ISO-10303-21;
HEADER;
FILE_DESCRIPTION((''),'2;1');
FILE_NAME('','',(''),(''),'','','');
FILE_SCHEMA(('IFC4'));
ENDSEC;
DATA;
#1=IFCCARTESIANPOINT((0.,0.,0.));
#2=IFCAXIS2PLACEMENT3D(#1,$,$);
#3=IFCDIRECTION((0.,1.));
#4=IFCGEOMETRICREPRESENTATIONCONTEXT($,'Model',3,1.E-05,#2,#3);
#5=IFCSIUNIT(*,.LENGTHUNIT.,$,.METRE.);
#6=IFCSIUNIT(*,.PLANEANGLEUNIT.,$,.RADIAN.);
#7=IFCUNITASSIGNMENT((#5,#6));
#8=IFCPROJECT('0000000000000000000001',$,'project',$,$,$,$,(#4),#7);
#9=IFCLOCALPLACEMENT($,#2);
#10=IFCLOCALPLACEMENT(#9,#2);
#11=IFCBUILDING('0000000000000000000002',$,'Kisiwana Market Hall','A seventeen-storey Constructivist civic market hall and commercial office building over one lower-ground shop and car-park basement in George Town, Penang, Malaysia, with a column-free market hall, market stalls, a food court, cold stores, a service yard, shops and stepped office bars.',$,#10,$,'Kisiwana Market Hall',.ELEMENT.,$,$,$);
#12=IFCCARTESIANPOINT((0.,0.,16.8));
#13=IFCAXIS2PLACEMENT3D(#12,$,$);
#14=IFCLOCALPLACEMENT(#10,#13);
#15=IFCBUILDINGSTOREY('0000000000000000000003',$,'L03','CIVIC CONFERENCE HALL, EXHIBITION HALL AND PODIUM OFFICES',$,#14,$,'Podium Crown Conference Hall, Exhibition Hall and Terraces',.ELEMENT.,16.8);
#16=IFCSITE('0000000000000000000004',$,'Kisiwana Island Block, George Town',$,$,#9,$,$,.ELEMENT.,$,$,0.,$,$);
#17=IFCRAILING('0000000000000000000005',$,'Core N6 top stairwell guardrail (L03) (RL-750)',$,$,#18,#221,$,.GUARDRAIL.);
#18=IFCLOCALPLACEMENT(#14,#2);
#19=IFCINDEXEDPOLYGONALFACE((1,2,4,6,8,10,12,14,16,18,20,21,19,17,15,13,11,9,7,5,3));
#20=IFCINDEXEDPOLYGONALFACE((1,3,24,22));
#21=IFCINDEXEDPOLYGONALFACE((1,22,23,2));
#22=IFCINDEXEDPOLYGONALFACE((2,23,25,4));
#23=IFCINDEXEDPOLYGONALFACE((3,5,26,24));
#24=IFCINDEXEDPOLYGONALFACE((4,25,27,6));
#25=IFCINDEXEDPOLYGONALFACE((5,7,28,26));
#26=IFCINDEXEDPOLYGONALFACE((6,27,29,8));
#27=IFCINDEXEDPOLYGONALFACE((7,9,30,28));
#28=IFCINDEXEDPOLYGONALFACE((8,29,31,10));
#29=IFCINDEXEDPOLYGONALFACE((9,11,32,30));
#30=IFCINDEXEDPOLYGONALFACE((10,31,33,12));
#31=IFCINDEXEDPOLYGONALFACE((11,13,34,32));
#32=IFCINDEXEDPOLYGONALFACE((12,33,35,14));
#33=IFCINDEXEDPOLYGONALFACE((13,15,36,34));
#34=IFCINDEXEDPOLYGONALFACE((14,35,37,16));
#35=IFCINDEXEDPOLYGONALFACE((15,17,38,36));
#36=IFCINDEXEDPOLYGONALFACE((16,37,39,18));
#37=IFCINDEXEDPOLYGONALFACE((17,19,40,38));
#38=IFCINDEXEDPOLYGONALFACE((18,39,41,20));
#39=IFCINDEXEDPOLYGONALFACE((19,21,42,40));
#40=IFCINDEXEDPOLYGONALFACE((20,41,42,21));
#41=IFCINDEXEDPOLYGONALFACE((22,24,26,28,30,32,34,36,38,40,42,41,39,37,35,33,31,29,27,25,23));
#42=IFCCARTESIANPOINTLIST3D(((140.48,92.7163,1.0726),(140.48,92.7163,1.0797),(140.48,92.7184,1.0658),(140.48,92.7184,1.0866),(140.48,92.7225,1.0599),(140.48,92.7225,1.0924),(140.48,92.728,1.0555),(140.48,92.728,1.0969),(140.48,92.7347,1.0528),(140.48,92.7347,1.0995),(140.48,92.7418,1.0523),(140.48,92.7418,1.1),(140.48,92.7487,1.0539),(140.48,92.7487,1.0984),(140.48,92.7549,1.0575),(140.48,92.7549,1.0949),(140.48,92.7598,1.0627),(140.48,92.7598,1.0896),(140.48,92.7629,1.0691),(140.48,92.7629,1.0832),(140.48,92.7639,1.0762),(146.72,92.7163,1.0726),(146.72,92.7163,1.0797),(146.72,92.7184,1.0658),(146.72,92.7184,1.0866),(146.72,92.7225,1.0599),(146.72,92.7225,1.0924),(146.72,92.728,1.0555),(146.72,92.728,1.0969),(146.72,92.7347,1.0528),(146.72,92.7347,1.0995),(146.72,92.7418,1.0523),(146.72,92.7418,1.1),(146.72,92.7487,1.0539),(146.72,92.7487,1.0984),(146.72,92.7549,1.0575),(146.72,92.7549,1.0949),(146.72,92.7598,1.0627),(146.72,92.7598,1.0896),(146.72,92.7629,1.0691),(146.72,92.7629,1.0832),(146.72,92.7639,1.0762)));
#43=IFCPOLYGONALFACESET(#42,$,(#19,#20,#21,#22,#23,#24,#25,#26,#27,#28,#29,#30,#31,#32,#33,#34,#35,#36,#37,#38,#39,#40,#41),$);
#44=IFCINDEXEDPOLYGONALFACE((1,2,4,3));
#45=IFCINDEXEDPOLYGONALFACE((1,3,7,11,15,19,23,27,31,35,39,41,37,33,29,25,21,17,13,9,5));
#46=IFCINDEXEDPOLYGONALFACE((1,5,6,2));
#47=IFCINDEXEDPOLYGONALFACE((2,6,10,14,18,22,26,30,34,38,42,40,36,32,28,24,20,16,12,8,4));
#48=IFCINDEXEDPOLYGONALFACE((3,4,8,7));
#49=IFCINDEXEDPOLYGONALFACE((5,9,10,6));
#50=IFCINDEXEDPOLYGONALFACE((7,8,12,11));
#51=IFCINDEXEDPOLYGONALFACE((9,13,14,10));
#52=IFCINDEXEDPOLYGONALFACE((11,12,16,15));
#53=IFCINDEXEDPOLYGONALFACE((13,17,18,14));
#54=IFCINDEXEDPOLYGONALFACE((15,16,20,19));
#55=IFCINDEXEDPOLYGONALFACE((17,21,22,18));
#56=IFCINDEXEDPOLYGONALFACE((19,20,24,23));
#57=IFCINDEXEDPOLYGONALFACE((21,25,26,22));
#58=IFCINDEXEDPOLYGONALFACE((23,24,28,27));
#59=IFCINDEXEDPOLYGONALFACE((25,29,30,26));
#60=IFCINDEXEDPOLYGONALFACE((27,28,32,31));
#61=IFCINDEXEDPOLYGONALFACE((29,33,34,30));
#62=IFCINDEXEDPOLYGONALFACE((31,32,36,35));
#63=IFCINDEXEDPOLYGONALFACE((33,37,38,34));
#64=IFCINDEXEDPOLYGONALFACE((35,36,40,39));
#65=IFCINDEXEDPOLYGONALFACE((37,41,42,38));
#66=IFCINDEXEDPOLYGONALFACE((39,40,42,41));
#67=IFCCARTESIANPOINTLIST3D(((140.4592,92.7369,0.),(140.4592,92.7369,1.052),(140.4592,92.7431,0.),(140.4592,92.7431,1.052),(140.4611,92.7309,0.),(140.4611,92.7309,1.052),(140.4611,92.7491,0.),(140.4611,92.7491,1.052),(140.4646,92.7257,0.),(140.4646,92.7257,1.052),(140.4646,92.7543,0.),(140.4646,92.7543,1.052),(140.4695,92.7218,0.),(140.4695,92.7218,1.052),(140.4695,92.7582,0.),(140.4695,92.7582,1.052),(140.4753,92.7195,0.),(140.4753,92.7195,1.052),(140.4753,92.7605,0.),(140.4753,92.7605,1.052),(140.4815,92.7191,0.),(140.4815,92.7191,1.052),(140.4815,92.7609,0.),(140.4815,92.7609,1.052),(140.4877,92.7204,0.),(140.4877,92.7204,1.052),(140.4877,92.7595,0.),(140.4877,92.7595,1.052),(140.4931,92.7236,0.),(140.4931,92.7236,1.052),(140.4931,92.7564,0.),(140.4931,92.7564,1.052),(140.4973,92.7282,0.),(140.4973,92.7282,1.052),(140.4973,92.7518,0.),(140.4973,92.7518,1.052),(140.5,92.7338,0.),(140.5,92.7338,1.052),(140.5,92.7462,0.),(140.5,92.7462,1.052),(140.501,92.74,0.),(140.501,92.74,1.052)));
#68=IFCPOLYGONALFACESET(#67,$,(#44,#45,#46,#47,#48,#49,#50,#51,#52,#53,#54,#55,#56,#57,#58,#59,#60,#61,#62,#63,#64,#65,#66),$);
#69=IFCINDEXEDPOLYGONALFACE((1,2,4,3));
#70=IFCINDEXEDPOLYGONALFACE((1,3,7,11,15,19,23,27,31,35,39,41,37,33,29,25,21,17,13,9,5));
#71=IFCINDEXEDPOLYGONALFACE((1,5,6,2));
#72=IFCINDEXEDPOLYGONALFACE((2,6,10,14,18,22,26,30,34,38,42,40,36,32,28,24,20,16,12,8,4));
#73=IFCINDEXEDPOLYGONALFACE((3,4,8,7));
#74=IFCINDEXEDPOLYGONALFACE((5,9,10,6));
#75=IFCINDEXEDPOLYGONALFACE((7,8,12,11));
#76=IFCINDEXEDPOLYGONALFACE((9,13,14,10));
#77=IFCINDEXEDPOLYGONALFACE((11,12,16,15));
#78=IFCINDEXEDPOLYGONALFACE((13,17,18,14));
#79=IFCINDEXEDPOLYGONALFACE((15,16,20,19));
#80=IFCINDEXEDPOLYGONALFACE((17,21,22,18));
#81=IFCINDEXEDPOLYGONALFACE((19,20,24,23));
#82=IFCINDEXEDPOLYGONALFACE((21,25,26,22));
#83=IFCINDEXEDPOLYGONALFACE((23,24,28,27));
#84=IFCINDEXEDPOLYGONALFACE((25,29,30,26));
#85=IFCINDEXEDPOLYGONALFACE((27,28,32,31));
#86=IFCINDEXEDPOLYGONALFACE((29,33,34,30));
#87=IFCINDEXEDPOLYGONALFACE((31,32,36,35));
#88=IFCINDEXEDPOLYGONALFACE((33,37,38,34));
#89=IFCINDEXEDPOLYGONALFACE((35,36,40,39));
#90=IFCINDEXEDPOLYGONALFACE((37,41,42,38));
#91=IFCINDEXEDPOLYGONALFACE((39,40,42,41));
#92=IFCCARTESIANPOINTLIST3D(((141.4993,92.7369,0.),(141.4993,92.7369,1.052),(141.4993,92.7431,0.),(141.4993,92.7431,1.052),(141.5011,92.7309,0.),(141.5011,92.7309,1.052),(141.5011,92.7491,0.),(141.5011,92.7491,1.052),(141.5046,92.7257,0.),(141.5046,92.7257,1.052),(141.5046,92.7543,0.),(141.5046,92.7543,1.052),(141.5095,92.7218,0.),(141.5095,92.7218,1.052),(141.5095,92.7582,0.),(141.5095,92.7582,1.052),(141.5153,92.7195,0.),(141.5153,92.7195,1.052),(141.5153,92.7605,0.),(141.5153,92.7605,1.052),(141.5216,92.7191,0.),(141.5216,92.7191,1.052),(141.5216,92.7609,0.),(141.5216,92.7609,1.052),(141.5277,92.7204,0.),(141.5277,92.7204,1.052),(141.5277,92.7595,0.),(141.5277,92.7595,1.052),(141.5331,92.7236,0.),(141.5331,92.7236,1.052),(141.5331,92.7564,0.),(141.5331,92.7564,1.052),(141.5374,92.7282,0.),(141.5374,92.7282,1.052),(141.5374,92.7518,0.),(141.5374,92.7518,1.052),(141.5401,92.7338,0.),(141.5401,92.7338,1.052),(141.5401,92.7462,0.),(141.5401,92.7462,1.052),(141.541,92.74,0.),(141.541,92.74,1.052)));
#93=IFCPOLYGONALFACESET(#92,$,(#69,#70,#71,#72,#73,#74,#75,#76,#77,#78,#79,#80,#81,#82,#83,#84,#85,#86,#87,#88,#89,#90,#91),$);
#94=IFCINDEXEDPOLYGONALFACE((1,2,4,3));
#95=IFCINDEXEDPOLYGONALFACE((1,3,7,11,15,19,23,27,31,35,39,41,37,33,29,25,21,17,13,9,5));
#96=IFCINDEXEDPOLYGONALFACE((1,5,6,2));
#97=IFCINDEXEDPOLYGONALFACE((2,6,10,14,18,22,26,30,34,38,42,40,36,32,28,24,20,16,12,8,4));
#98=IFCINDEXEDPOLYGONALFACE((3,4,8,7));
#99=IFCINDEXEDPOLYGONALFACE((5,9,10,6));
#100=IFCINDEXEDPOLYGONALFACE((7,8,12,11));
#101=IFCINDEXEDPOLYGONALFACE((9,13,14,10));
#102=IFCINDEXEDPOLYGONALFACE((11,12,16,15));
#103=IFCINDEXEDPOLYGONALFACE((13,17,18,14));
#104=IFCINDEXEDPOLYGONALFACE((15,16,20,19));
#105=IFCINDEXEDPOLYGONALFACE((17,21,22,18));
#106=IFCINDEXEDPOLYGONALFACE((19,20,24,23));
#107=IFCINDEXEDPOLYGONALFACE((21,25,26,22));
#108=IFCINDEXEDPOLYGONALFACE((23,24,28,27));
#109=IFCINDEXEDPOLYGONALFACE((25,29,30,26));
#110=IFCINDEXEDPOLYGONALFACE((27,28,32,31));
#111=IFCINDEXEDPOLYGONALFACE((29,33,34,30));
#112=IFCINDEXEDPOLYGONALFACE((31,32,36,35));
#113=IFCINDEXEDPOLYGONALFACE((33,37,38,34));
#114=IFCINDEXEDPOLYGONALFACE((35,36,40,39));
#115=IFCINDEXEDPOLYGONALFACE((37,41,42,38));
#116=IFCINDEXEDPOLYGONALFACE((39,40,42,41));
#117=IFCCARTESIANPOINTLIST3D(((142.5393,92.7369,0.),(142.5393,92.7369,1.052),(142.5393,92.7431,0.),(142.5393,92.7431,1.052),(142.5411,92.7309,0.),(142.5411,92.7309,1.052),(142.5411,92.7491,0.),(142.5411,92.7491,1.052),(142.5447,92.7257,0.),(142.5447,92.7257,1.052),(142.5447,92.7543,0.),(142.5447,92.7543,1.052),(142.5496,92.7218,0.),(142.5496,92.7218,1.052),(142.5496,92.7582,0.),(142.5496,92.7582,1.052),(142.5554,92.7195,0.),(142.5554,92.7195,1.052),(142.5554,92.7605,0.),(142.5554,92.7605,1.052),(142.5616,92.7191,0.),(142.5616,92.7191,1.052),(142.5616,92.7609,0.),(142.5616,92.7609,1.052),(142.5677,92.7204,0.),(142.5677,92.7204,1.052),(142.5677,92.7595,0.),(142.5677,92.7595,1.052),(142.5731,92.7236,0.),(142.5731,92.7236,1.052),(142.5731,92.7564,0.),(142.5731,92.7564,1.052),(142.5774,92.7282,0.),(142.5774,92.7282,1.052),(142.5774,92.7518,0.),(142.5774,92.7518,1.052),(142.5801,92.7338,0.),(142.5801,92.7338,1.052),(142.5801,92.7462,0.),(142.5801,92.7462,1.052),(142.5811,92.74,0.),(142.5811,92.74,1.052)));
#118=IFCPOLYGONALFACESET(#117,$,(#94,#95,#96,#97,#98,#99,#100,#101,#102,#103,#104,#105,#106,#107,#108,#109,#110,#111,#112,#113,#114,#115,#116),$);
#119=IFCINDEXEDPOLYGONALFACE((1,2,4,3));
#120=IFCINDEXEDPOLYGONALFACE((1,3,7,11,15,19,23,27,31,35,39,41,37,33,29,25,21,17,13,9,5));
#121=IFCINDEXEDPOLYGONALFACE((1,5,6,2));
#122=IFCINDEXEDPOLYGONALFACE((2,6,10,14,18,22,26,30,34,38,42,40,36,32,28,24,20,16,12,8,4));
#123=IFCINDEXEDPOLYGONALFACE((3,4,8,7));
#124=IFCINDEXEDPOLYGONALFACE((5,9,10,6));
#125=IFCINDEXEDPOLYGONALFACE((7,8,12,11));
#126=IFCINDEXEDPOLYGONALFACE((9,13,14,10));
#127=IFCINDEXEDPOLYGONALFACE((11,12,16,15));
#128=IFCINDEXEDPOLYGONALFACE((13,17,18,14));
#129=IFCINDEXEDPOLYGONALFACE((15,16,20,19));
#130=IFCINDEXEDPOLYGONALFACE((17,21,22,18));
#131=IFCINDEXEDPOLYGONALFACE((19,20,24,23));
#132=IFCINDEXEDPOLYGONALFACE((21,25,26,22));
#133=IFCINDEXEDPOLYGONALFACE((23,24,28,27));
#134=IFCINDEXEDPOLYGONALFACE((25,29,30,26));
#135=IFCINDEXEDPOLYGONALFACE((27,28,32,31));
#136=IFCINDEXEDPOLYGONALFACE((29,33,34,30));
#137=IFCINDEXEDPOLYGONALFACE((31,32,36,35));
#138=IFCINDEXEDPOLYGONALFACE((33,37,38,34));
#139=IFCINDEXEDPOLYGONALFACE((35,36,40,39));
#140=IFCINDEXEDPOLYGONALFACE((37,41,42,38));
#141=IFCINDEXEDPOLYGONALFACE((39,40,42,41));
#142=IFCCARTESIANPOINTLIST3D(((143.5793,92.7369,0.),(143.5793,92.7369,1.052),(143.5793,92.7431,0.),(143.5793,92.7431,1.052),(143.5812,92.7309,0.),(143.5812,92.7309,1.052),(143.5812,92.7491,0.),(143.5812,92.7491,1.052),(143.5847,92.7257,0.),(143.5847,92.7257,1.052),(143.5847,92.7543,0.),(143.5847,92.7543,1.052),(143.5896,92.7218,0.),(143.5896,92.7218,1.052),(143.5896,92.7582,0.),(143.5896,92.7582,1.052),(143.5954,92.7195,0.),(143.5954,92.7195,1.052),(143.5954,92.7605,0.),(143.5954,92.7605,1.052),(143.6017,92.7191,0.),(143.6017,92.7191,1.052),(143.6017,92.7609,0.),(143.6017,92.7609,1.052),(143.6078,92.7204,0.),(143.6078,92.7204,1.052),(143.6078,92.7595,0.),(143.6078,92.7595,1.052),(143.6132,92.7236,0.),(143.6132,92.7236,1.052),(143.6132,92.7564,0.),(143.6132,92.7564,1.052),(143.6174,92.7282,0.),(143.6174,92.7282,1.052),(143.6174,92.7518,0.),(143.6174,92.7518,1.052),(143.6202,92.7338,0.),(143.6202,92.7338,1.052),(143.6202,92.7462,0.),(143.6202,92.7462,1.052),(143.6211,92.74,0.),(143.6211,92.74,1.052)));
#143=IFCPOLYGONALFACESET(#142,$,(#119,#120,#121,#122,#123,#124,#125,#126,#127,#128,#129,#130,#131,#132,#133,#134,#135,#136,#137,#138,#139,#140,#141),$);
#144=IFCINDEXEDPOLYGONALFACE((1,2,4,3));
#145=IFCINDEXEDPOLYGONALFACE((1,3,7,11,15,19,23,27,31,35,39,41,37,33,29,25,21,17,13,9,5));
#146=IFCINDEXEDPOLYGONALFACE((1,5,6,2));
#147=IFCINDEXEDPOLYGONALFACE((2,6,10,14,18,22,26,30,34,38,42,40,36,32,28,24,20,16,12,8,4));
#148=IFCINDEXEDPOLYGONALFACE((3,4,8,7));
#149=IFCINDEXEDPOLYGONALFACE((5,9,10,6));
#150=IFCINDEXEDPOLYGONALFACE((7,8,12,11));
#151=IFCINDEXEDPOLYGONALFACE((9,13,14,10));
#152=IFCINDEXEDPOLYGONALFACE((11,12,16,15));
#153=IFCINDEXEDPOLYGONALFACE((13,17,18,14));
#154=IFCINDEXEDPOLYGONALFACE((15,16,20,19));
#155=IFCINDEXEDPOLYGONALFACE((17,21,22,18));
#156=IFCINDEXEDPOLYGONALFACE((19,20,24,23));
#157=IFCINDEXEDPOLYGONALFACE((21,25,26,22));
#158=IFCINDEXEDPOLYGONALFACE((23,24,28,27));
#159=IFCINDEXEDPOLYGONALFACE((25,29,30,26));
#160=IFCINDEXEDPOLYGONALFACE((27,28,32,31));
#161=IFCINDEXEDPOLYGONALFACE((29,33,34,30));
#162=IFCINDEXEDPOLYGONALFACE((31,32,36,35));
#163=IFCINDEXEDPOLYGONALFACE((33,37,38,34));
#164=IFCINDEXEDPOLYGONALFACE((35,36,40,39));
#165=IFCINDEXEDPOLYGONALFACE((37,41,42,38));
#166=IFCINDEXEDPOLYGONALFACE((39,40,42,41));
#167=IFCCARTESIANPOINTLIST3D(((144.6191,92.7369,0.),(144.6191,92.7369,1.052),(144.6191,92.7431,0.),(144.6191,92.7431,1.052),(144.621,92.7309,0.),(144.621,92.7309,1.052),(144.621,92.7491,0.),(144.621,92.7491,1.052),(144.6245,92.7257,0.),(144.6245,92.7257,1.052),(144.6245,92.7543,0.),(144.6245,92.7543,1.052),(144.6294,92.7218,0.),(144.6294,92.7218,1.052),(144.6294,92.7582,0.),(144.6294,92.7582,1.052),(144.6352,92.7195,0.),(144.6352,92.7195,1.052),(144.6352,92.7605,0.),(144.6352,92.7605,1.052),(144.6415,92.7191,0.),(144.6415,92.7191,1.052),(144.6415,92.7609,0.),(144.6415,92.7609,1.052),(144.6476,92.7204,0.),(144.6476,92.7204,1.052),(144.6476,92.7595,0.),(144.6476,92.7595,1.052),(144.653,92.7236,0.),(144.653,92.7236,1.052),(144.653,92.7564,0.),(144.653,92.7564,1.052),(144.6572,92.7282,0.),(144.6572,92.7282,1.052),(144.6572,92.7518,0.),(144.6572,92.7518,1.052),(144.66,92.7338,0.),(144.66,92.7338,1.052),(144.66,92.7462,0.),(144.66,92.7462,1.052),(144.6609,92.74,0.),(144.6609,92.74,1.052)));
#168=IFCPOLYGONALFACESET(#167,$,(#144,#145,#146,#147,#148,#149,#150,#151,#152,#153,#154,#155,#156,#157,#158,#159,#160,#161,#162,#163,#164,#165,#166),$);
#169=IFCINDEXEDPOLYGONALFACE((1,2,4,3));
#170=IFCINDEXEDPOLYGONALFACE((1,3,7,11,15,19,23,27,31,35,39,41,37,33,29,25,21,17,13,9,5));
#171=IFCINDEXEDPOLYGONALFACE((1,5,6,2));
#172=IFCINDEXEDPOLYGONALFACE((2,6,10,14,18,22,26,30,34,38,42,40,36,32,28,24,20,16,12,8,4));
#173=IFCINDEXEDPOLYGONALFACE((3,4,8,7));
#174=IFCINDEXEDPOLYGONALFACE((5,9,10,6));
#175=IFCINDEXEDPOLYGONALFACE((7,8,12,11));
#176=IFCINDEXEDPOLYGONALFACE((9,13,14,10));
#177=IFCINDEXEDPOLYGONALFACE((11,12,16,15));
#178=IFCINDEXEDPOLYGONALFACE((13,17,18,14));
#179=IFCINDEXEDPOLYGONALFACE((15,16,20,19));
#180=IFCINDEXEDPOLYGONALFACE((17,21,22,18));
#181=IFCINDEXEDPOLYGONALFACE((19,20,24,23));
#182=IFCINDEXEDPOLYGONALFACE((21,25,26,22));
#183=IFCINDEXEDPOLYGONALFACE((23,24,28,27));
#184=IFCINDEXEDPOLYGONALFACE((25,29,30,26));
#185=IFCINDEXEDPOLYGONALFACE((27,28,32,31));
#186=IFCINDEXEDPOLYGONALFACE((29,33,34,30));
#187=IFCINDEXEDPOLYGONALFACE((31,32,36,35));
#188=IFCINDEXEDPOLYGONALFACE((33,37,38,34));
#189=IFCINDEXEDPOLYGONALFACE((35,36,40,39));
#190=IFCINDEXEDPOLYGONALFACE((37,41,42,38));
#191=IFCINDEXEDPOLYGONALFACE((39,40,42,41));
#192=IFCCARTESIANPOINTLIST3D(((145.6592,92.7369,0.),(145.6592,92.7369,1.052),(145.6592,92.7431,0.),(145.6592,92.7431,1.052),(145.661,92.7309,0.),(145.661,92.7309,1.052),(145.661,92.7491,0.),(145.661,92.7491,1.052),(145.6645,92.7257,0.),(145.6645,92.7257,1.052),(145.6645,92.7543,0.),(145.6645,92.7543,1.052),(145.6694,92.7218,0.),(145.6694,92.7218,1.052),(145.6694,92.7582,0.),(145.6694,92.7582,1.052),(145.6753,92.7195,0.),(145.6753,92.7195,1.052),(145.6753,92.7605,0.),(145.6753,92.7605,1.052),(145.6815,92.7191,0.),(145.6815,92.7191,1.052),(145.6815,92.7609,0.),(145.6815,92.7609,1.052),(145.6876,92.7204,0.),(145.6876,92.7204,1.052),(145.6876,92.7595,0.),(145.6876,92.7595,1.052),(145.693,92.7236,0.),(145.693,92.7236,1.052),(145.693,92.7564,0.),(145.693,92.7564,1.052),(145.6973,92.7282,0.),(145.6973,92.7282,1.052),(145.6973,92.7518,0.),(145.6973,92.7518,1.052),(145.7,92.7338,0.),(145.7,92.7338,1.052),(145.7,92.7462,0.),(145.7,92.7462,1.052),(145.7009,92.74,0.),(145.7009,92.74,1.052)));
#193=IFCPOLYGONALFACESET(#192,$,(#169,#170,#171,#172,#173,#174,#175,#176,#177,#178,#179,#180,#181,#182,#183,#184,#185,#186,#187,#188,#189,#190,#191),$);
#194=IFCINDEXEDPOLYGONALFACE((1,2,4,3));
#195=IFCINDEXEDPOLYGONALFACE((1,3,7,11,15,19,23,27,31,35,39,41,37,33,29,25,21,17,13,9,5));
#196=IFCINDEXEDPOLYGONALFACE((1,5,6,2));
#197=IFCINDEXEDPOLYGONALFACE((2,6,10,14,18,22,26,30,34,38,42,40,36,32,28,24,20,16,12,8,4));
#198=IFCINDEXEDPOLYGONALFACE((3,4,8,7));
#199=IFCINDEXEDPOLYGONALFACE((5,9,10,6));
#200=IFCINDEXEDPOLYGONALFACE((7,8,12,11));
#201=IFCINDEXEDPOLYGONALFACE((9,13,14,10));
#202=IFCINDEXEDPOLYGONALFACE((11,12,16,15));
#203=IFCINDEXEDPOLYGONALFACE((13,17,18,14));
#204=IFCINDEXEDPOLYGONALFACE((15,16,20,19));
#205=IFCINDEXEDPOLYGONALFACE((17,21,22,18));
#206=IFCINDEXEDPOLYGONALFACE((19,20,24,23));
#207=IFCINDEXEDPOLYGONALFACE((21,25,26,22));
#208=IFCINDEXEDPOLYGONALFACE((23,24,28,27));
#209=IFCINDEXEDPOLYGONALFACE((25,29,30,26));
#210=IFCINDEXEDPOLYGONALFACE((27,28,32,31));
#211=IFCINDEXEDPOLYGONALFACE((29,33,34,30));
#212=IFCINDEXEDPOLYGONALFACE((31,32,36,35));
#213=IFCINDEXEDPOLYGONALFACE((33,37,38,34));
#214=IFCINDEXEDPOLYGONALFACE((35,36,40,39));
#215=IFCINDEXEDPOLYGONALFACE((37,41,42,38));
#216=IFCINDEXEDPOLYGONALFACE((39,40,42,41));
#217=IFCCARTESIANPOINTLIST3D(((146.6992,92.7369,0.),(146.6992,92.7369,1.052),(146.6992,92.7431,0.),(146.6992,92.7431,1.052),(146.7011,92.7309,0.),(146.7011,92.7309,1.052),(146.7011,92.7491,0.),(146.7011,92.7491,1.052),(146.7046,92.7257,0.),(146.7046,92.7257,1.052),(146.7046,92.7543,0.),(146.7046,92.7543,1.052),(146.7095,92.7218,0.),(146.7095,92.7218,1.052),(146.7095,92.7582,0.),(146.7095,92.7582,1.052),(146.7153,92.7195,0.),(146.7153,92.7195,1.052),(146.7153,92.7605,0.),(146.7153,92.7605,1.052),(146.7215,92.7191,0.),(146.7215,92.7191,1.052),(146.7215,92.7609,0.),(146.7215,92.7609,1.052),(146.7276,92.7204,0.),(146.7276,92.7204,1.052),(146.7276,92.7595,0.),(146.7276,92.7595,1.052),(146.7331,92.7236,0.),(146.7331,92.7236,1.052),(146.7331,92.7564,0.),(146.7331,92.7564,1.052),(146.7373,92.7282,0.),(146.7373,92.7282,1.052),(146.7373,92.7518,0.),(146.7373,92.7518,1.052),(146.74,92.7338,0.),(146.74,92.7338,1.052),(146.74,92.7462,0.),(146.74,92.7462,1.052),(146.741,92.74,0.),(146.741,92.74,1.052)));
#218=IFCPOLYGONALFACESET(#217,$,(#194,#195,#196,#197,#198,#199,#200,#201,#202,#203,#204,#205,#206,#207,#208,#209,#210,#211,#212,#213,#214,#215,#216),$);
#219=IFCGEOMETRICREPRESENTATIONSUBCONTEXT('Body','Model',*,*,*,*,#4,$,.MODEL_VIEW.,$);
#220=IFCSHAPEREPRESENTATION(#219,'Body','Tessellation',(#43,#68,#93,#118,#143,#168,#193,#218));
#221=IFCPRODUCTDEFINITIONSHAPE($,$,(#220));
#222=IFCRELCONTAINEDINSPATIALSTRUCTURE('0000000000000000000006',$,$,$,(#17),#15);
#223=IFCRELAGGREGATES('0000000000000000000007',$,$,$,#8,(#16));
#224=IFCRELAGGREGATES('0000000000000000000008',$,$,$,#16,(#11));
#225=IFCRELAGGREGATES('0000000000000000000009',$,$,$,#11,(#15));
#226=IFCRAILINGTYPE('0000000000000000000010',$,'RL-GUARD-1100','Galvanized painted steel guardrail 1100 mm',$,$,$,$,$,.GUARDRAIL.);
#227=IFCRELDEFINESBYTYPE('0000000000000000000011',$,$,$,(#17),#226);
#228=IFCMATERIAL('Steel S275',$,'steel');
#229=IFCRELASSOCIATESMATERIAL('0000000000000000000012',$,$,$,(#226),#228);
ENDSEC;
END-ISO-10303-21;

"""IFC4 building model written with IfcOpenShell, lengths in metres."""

from ifc_helpers import new_model, si_unit, direction, frame, origin, origin_2d, place, context, subcontext, project, spatial, circle, extrude, material, type_object, element, save


model = new_model("IFC4")

# Units and contexts
model_context = context("Model", 3, precision=1e-05, world=origin(), true_north=direction((0.0, 1.0)))
body_context = subcontext(model_context, "Body", "Model", "MODEL_VIEW")
ifc_project = project(units=[si_unit("LENGTHUNIT", "METRE"), si_unit("PLANEANGLEUNIT", "RADIAN")], contexts=[model_context])

# Site, building, storey
site_placement = place(None, origin())
site = spatial("IfcSite", under=ifc_project, at=site_placement, Name="Kisiwana Island Block, George Town", CompositionType="ELEMENT", RefElevation=0.0)
building_placement = place(site_placement, origin())
building = spatial("IfcBuilding", under=site, at=building_placement, Name="Kisiwana Market Hall", Description="A seventeen-storey Constructivist civic market hall and commercial office building over one lower-ground shop and car-park basement in George Town, Penang, Malaysia, with a column-free market hall, market stalls, a food court, cold stores, a service yard, shops and stepped office bars.", LongName="Kisiwana Market Hall", CompositionType="ELEMENT")
storey_placement = place(building_placement, frame((0.0, 0.0, 16.8)))
storey = spatial("IfcBuildingStorey", under=building, at=storey_placement, Name="L03", Description="CIVIC CONFERENCE HALL, EXHIBITION HALL AND PODIUM OFFICES", LongName="Podium Crown Conference Hall, Exhibition Hall and Terraces", CompositionType="ELEMENT", Elevation=16.8)

# Railing
ifc_material_1 = material(Name="Steel S275", Category="steel")
railing_type = type_object("IfcRailingType", Name="RL-GUARD-1100", Description="Galvanized painted steel guardrail 1100 mm", PredefinedType="GUARDRAIL", material=ifc_material_1)
railing_placement = place(storey_placement, frame((140.48, 92.74, 0.0)))
element("IfcRailing", 1, at=railing_placement, inside=storey, type_object=railing_type, Name="Core N6 top stairwell guardrail (L03) (RL-750)", PredefinedType="GUARDRAIL", context=body_context, shape_type="SweptSolid", body=[
    extrude(circle(Radius=0.0239, at=origin_2d()), frame((0.0, 0.0, 1.0762), z_axis=(1.0, 0.0, 0.0), x_axis=(0.0, 1.0, 0.0)), (0.0, 0.0, 1.0), 6.24),
    extrude(circle(Radius=0.021, at=origin_2d()), origin(), (0.0, 0.0, 1.0), 1.052),
    extrude(circle(Radius=0.021, at=origin_2d()), frame((1.04, 0.0, 0.0)), (0.0, 0.0, 1.0), 1.052),
    extrude(circle(Radius=0.021, at=origin_2d()), frame((2.0801, 0.0, 0.0)), (0.0, 0.0, 1.0), 1.052),
    extrude(circle(Radius=0.021, at=origin_2d()), frame((3.1201, 0.0, 0.0)), (0.0, 0.0, 1.0), 1.052),
    extrude(circle(Radius=0.021, at=origin_2d()), frame((4.1599, 0.0, 0.0)), (0.0, 0.0, 1.0), 1.052),
    extrude(circle(Radius=0.021, at=origin_2d()), frame((5.2, 0.0, 0.0)), (0.0, 0.0, 1.0), 1.052),
    extrude(circle(Radius=0.021, at=origin_2d()), frame((6.24, 0.0, 0.0)), (0.0, 0.0, 1.0), 1.052),
])

save(model, "model.ifc")
